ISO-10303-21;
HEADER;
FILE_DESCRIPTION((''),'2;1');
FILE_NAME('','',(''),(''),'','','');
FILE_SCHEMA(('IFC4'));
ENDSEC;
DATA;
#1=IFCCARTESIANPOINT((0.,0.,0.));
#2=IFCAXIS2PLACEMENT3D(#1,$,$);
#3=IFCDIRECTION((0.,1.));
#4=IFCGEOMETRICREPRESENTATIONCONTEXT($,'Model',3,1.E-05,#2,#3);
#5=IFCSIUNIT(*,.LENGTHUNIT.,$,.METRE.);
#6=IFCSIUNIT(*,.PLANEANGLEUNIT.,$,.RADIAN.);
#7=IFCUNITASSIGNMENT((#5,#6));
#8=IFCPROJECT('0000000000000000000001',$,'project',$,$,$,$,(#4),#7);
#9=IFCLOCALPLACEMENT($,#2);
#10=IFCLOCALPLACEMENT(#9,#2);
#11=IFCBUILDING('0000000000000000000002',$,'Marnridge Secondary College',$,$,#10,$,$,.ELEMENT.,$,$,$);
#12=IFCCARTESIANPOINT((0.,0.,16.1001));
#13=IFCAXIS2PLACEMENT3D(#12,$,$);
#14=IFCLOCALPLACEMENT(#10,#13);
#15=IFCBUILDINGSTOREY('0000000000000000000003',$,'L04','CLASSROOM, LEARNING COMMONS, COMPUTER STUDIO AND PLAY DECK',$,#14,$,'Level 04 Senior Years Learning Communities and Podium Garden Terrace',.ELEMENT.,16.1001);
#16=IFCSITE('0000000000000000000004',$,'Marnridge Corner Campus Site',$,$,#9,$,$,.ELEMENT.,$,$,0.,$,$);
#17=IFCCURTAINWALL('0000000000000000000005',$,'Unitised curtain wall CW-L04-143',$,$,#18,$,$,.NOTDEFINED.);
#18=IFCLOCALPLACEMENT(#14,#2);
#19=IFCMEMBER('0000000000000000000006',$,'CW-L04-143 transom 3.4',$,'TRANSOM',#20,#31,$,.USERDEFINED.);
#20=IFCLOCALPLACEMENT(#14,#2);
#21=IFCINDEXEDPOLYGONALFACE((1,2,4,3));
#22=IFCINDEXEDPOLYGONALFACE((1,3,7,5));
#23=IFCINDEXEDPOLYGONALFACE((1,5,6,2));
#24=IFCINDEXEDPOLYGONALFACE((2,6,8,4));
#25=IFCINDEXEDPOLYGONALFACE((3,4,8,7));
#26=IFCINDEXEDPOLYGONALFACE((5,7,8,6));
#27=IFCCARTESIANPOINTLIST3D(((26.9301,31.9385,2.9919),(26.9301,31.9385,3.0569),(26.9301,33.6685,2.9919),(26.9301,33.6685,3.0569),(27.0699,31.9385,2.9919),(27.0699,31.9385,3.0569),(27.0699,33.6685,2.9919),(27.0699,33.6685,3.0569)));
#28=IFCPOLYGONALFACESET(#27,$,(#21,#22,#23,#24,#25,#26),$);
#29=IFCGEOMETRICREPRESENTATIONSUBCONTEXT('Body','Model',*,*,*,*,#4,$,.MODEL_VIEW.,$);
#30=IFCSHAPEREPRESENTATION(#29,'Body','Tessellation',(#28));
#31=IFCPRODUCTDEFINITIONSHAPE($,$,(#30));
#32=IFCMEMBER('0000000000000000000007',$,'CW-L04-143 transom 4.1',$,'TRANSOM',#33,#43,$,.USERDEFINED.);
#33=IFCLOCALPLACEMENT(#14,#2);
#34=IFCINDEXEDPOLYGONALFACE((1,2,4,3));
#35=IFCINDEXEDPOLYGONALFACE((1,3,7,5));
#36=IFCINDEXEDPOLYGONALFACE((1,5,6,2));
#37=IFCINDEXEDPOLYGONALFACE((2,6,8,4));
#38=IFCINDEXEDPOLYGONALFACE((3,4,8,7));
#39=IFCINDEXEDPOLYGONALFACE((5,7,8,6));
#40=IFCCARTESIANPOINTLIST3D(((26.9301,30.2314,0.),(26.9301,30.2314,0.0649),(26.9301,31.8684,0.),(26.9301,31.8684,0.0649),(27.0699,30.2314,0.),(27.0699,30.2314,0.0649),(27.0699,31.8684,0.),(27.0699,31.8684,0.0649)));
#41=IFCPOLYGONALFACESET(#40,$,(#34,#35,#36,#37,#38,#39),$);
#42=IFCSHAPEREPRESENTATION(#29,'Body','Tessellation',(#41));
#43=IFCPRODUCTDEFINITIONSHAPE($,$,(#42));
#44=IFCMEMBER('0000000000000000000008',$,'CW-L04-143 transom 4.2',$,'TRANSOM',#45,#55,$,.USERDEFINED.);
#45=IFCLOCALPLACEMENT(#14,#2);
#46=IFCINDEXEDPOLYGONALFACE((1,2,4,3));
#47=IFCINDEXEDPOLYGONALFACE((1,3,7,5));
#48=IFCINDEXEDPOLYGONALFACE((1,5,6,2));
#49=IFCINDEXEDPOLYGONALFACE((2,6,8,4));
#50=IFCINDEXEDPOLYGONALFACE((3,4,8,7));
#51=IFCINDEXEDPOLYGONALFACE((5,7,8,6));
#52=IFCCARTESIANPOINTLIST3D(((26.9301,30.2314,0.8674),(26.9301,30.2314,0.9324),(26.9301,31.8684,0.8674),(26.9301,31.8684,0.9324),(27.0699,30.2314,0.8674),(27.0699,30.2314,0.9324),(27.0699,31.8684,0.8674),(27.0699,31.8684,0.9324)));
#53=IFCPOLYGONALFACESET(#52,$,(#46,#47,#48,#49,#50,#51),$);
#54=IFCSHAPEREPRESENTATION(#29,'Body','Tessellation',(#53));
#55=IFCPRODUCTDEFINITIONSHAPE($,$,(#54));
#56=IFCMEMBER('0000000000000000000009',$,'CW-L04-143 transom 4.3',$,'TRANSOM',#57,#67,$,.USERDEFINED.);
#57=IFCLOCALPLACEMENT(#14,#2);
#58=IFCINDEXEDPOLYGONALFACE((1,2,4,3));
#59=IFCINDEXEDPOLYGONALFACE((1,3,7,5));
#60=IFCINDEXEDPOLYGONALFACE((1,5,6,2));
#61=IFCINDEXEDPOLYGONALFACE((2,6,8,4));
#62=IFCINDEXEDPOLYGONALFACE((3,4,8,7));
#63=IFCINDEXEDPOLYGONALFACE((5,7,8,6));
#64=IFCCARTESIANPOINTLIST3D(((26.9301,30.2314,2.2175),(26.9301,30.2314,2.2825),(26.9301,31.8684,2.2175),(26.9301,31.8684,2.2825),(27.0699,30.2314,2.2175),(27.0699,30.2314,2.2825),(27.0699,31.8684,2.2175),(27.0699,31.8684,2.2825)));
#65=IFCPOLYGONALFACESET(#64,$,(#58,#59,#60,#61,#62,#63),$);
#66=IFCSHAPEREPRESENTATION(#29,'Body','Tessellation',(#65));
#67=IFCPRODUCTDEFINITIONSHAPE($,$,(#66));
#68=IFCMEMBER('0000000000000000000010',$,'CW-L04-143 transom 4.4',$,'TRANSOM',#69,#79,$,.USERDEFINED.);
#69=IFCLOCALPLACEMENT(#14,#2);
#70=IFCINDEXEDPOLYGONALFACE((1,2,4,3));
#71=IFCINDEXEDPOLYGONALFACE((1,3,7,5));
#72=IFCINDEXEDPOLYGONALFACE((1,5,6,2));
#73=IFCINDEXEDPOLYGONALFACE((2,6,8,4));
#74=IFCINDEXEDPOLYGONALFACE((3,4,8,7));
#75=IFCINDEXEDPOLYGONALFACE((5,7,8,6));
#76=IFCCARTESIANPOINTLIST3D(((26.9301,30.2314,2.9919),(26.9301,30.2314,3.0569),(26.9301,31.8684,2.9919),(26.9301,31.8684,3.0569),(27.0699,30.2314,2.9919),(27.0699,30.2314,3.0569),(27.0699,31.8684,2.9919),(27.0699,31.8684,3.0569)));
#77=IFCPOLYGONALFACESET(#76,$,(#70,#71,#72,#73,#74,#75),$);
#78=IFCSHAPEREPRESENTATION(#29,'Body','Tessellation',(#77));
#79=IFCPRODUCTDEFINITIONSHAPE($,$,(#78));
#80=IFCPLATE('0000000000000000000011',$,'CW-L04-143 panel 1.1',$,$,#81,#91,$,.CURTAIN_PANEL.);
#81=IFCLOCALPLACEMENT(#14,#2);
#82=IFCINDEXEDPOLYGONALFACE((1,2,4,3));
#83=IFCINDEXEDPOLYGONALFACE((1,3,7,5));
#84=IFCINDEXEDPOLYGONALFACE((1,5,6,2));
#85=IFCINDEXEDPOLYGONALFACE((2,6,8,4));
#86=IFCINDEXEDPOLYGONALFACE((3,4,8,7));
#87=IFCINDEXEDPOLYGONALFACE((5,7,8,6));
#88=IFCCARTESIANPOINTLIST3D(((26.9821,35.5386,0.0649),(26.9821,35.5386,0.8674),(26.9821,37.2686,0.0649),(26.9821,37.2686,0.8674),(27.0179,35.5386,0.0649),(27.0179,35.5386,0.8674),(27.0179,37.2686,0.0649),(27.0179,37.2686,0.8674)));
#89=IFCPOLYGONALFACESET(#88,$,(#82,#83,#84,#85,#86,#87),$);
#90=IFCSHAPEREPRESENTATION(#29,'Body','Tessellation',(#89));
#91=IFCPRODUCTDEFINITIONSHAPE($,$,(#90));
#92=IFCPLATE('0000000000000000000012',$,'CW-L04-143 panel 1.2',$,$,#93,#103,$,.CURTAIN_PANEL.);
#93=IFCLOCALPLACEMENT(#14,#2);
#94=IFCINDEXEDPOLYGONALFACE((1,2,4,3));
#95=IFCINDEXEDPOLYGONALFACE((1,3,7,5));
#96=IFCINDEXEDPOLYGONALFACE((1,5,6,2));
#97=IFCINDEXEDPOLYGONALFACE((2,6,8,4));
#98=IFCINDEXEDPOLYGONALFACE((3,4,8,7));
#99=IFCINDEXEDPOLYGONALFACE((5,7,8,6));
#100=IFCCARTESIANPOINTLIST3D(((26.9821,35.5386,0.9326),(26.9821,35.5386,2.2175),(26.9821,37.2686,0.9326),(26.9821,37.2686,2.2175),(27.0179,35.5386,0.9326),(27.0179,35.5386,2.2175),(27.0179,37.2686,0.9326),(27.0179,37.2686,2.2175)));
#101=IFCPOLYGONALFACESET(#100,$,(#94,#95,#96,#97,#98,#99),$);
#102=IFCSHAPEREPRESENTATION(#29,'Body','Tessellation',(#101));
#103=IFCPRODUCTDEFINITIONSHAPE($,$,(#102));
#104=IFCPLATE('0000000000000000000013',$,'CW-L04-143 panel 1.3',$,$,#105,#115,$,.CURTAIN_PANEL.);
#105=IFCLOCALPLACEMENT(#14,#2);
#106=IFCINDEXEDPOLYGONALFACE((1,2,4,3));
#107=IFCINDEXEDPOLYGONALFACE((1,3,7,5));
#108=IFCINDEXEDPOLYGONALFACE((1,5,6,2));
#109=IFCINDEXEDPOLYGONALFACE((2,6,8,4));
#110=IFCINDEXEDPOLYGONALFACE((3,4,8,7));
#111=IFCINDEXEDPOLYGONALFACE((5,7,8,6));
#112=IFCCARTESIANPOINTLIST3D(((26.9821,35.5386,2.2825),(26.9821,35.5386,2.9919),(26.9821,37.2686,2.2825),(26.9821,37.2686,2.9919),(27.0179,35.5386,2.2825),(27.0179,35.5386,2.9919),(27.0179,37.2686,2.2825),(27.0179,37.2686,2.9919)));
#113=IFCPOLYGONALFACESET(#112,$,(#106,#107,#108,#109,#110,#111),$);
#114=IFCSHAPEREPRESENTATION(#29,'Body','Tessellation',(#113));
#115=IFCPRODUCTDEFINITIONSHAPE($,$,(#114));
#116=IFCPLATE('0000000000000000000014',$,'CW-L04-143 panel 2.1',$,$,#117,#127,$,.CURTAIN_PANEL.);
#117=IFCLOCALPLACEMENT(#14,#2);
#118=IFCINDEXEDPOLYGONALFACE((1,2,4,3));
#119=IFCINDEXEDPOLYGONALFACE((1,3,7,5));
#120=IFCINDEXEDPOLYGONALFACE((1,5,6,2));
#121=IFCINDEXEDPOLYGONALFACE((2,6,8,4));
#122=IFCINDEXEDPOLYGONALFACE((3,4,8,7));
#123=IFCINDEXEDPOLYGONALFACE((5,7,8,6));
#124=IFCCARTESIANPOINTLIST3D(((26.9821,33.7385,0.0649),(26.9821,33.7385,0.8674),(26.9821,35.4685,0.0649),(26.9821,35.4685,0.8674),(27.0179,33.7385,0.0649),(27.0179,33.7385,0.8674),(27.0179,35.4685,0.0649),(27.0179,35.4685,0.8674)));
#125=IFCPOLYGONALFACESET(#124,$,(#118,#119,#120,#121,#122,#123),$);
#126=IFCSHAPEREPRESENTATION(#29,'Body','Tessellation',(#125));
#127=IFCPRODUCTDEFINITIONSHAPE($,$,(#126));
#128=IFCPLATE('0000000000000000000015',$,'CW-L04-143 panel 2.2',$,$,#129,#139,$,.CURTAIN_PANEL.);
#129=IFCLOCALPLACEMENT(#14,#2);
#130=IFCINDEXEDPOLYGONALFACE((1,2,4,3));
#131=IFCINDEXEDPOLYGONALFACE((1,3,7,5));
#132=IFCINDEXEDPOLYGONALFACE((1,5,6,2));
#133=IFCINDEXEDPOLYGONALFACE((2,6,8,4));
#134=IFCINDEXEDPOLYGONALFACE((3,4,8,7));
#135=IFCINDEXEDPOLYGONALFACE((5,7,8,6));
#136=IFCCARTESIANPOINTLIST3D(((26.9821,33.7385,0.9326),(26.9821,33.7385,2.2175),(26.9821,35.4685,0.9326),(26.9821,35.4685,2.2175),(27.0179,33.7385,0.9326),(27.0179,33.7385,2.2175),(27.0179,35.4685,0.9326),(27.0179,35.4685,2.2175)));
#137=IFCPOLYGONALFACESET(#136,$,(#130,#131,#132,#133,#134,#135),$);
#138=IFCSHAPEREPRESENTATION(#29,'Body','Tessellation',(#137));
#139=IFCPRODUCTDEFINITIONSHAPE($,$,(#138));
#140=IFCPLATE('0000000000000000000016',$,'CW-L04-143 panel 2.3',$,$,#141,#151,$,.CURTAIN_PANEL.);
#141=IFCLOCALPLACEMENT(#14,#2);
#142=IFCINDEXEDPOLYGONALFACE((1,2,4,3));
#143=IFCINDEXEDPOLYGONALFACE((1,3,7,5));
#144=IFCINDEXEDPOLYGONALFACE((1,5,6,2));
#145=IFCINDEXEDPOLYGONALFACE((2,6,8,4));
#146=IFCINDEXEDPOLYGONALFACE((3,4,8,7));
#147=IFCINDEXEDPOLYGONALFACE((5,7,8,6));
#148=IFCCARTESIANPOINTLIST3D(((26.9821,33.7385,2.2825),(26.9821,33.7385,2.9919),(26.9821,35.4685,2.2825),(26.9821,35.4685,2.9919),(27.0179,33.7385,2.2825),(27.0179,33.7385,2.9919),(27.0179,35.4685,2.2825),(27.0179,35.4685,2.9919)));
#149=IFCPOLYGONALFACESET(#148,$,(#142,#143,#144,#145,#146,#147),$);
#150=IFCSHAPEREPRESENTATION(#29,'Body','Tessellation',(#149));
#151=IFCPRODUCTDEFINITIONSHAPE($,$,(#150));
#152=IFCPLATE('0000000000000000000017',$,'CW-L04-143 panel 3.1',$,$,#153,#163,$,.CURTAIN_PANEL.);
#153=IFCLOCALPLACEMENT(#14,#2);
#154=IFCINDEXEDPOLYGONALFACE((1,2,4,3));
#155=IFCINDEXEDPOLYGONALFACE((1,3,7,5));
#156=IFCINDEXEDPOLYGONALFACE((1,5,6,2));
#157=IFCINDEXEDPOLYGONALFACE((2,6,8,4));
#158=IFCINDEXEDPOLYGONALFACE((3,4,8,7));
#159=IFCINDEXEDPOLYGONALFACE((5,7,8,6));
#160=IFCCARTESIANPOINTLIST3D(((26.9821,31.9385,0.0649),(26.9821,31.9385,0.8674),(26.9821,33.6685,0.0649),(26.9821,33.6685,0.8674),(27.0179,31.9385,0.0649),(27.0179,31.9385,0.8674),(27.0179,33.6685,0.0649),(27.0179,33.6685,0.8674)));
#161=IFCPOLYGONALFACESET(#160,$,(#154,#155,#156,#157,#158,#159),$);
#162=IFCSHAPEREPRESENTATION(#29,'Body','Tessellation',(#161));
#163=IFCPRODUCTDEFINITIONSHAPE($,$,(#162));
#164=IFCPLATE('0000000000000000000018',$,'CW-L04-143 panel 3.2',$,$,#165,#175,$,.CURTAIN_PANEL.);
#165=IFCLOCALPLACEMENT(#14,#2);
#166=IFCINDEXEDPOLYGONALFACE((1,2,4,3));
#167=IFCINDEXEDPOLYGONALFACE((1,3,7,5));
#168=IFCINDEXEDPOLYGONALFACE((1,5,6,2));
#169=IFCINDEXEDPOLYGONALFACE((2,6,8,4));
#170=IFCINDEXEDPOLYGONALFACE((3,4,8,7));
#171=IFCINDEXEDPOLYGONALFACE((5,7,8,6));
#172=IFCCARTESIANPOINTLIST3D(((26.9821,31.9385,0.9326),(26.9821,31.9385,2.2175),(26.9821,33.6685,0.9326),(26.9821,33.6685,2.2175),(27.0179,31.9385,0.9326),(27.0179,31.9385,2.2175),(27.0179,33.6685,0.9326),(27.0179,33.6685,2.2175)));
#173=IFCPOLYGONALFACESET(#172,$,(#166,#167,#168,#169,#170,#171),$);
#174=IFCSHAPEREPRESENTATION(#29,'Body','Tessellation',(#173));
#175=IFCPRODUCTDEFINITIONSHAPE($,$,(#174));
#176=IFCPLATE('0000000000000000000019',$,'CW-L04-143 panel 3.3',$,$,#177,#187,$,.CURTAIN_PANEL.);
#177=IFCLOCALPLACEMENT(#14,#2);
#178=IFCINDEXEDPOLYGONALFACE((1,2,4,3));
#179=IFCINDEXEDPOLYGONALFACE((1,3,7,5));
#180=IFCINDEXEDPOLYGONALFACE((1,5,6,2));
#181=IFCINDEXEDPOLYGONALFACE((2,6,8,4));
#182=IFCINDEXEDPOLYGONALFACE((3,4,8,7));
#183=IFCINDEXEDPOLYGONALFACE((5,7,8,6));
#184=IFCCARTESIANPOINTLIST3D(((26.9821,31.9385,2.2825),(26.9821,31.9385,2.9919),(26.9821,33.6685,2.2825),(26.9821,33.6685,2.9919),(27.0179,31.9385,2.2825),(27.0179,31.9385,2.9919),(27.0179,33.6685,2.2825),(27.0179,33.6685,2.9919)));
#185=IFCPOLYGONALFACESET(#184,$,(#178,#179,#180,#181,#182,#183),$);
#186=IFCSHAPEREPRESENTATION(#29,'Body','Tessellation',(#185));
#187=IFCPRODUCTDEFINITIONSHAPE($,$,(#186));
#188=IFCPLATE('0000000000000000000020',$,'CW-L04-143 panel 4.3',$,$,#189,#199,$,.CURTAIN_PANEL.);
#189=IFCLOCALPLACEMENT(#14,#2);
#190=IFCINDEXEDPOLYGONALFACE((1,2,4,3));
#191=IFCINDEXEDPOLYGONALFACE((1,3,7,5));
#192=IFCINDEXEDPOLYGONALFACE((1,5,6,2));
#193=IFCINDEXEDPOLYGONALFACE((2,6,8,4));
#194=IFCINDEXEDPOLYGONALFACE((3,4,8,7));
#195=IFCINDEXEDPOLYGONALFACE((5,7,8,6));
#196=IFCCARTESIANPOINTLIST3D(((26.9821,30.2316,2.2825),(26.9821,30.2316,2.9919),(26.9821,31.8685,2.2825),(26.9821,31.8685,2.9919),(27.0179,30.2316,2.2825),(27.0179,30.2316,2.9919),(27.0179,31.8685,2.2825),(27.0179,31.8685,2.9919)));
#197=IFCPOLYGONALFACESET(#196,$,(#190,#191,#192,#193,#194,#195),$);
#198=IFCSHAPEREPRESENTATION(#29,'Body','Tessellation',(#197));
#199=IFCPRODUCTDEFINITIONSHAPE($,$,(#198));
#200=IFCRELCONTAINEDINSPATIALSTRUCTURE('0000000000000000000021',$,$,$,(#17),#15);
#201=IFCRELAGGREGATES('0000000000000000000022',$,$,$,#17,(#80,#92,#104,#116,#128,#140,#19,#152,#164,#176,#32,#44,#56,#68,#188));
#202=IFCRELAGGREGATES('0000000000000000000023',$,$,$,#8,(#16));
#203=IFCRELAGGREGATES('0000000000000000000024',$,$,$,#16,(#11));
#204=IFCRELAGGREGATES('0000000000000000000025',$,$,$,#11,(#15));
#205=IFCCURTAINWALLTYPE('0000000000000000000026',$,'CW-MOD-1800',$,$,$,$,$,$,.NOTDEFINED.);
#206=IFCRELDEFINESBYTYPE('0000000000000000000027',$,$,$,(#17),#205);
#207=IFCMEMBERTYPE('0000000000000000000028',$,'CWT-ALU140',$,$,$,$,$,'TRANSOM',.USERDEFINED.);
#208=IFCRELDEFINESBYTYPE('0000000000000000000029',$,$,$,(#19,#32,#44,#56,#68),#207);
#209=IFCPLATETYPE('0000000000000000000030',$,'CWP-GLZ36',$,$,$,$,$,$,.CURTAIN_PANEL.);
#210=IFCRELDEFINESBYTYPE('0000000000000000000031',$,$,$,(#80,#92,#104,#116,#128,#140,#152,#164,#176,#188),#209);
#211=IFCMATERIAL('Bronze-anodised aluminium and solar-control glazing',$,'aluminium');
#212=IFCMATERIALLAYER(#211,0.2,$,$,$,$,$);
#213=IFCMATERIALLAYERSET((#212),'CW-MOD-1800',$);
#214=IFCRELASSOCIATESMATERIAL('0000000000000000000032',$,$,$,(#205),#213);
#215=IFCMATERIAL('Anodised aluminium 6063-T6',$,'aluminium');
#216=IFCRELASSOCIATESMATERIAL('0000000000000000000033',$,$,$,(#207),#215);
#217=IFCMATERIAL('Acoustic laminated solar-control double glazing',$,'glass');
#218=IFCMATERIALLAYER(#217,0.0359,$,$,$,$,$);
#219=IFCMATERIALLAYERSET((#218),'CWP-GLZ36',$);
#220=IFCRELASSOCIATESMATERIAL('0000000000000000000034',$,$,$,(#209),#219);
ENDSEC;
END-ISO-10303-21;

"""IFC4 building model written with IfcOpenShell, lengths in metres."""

from ifc_helpers import new_model, si_unit, direction, frame, origin, origin_2d, place, context, subcontext, project, spatial, rectangle, extrude, material, layer, layer_set, material_profile, profile_set, type_object, element, aggregate, save


model = new_model("IFC4")

# Units and contexts
model_context = context("Model", 3, precision=1e-05, world=origin(), true_north=direction((0.0, 1.0)))
body_context = subcontext(model_context, "Body", "Model", "MODEL_VIEW")
ifc_project = project(units=[si_unit("LENGTHUNIT", "METRE"), si_unit("PLANEANGLEUNIT", "RADIAN")], contexts=[model_context])

# Site, building, storey
site_placement = place(None, origin())
site = spatial("IfcSite", under=ifc_project, at=site_placement, Name="Marnridge Corner Campus Site", CompositionType="ELEMENT", RefElevation=0.0)
building_placement = place(site_placement, origin())
building = spatial("IfcBuilding", under=site, at=building_placement, Name="Marnridge Secondary College", CompositionType="ELEMENT")
storey_placement = place(building_placement, frame((0.0, 0.0, 16.1001)))
storey = spatial("IfcBuildingStorey", under=building, at=storey_placement, Name="L04", Description="CLASSROOM, LEARNING COMMONS, COMPUTER STUDIO AND PLAY DECK", LongName="Level 04 Senior Years Learning Communities and Podium Garden Terrace", CompositionType="ELEMENT", Elevation=16.1001)

# Curtain wall, members, plates
ifc_material_1 = material(Name="Bronze-anodised aluminium and solar-control glazing", Category="aluminium")
ifc_layer_1 = layer(ifc_material_1, 0.2)
ifc_layer_set_1 = layer_set([ifc_layer_1], Name="CW-MOD-1800")
curtain_wall_type = type_object("IfcCurtainWallType", Name="CW-MOD-1800", PredefinedType="NOTDEFINED", material=ifc_layer_set_1)
curtain_wall_placement = place(storey_placement, origin())
curtain_wall = element("IfcCurtainWall", 1, at=curtain_wall_placement, inside=storey, type_object=curtain_wall_type, Name="Unitised curtain wall CW-L04-143", PredefinedType="NOTDEFINED")
ifc_material_2 = material(Name="Anodised aluminium 6063-T6", Category="aluminium")
ifc_material_profile_1 = material_profile(ifc_material_2, rectangle(XDim=0.0649, YDim=0.1399, at=origin_2d()), Name="ALU 65x140")
ifc_profile_set_1 = profile_set([ifc_material_profile_1], Name="Anodised aluminium 6063-T6")
member_type_1 = type_object("IfcMemberType", Name="CWT-ALU140", ElementType="TRANSOM", PredefinedType="USERDEFINED", material=ifc_profile_set_1)
member_1_placement = place(storey_placement, frame((27.0, 33.6685, 3.0244), z_axis=(0.0, -1.0, 0.0), x_axis=(0.0, 0.0, 1.0)))
member_1 = element("IfcMember", 2, at=member_1_placement, type_object=member_type_1, Name="CW-L04-143 transom 3.4", ObjectType="TRANSOM", PredefinedType="USERDEFINED", context=body_context, shape_type="SweptSolid", body=[
    extrude(rectangle(XDim=0.0649, YDim=0.1399, at=origin_2d()), origin(), (0.0, 0.0, 1.0), 1.73),
])
member_2_placement = place(storey_placement, frame((27.0, 31.8684, 0.0325), z_axis=(0.0, -1.0, 0.0), x_axis=(0.0, 0.0, 1.0)))
member_2 = element("IfcMember", 3, at=member_2_placement, type_object=member_type_1, Name="CW-L04-143 transom 4.1", ObjectType="TRANSOM", PredefinedType="USERDEFINED", context=body_context, shape_type="SweptSolid", body=[
    extrude(rectangle(XDim=0.0649, YDim=0.1399, at=origin_2d()), origin(), (0.0, 0.0, 1.0), 1.637),
])
member_3_placement = place(storey_placement, frame((27.0, 31.8684, 0.8999), z_axis=(0.0, -1.0, 0.0), x_axis=(0.0, 0.0, 1.0)))
member_3 = element("IfcMember", 4, at=member_3_placement, type_object=member_type_1, Name="CW-L04-143 transom 4.2", ObjectType="TRANSOM", PredefinedType="USERDEFINED", context=body_context, shape_type="SweptSolid", body=[
    extrude(rectangle(XDim=0.0649, YDim=0.1399, at=origin_2d()), origin(), (0.0, 0.0, 1.0), 1.637),
])
member_4_placement = place(storey_placement, frame((27.0, 31.8684, 2.25), z_axis=(0.0, -1.0, 0.0), x_axis=(0.0, 0.0, 1.0)))
member_4 = element("IfcMember", 5, at=member_4_placement, type_object=member_type_1, Name="CW-L04-143 transom 4.3", ObjectType="TRANSOM", PredefinedType="USERDEFINED", context=body_context, shape_type="SweptSolid", body=[
    extrude(rectangle(XDim=0.0649, YDim=0.1399, at=origin_2d()), origin(), (0.0, 0.0, 1.0), 1.637),
])
member_5_placement = place(storey_placement, frame((27.0, 31.8684, 3.0244), z_axis=(0.0, -1.0, 0.0), x_axis=(0.0, 0.0, 1.0)))
member_5 = element("IfcMember", 6, at=member_5_placement, type_object=member_type_1, Name="CW-L04-143 transom 4.4", ObjectType="TRANSOM", PredefinedType="USERDEFINED", context=body_context, shape_type="SweptSolid", body=[
    extrude(rectangle(XDim=0.0649, YDim=0.1399, at=origin_2d()), origin(), (0.0, 0.0, 1.0), 1.637),
])
ifc_material_3 = material(Name="Acoustic laminated solar-control double glazing", Category="glass")
ifc_layer_2 = layer(ifc_material_3, 0.0359)
ifc_layer_set_2 = layer_set([ifc_layer_2], Name="CWP-GLZ36")
plate_type = type_object("IfcPlateType", Name="CWP-GLZ36", PredefinedType="CURTAIN_PANEL", material=ifc_layer_set_2)
plate_1_placement = place(storey_placement, frame((27.0, 36.4036, 0.0649), z_axis=(0.0, 0.0, 1.0), x_axis=(0.0, -1.0, 0.0)))
plate_1 = element("IfcPlate", 7, at=plate_1_placement, type_object=plate_type, Name="CW-L04-143 panel 1.1", PredefinedType="CURTAIN_PANEL", context=body_context, shape_type="SweptSolid", body=[
    extrude(rectangle(XDim=1.73, YDim=0.0359, at=origin_2d()), origin(), (0.0, 0.0, 1.0), 0.8025),
])
plate_2_placement = place(storey_placement, frame((27.0, 36.4036, 0.9326), z_axis=(0.0, 0.0, 1.0), x_axis=(0.0, -1.0, 0.0)))
plate_2 = element("IfcPlate", 8, at=plate_2_placement, type_object=plate_type, Name="CW-L04-143 panel 1.2", PredefinedType="CURTAIN_PANEL", context=body_context, shape_type="SweptSolid", body=[
    extrude(rectangle(XDim=1.73, YDim=0.0359, at=origin_2d()), origin(), (0.0, 0.0, 1.0), 1.2849),
])
plate_3_placement = place(storey_placement, frame((27.0, 36.4036, 2.2825), z_axis=(0.0, 0.0, 1.0), x_axis=(0.0, -1.0, 0.0)))
plate_3 = element("IfcPlate", 9, at=plate_3_placement, type_object=plate_type, Name="CW-L04-143 panel 1.3", PredefinedType="CURTAIN_PANEL", context=body_context, shape_type="SweptSolid", body=[
    extrude(rectangle(XDim=1.73, YDim=0.0359, at=origin_2d()), origin(), (0.0, 0.0, 1.0), 0.7095),
])
plate_4_placement = place(storey_placement, frame((27.0, 34.6035, 0.0649), z_axis=(0.0, 0.0, 1.0), x_axis=(0.0, -1.0, 0.0)))
plate_4 = element("IfcPlate", 10, at=plate_4_placement, type_object=plate_type, Name="CW-L04-143 panel 2.1", PredefinedType="CURTAIN_PANEL", context=body_context, shape_type="SweptSolid", body=[
    extrude(rectangle(XDim=1.73, YDim=0.0359, at=origin_2d()), origin(), (0.0, 0.0, 1.0), 0.8025),
])
plate_5_placement = place(storey_placement, frame((27.0, 34.6035, 0.9326), z_axis=(0.0, 0.0, 1.0), x_axis=(0.0, -1.0, 0.0)))
plate_5 = element("IfcPlate", 11, at=plate_5_placement, type_object=plate_type, Name="CW-L04-143 panel 2.2", PredefinedType="CURTAIN_PANEL", context=body_context, shape_type="SweptSolid", body=[
    extrude(rectangle(XDim=1.73, YDim=0.0359, at=origin_2d()), origin(), (0.0, 0.0, 1.0), 1.2849),
])
plate_6_placement = place(storey_placement, frame((27.0, 34.6035, 2.2825), z_axis=(0.0, 0.0, 1.0), x_axis=(0.0, -1.0, 0.0)))
plate_6 = element("IfcPlate", 12, at=plate_6_placement, type_object=plate_type, Name="CW-L04-143 panel 2.3", PredefinedType="CURTAIN_PANEL", context=body_context, shape_type="SweptSolid", body=[
    extrude(rectangle(XDim=1.73, YDim=0.0359, at=origin_2d()), origin(), (0.0, 0.0, 1.0), 0.7095),
])
plate_7_placement = place(storey_placement, frame((27.0, 32.8035, 0.0649), z_axis=(0.0, 0.0, 1.0), x_axis=(0.0, -1.0, 0.0)))
plate_7 = element("IfcPlate", 13, at=plate_7_placement, type_object=plate_type, Name="CW-L04-143 panel 3.1", PredefinedType="CURTAIN_PANEL", context=body_context, shape_type="SweptSolid", body=[
    extrude(rectangle(XDim=1.73, YDim=0.0359, at=origin_2d()), origin(), (0.0, 0.0, 1.0), 0.8025),
])
plate_8_placement = place(storey_placement, frame((27.0, 32.8035, 0.9326), z_axis=(0.0, 0.0, 1.0), x_axis=(0.0, -1.0, 0.0)))
plate_8 = element("IfcPlate", 14, at=plate_8_placement, type_object=plate_type, Name="CW-L04-143 panel 3.2", PredefinedType="CURTAIN_PANEL", context=body_context, shape_type="SweptSolid", body=[
    extrude(rectangle(XDim=1.73, YDim=0.0359, at=origin_2d()), origin(), (0.0, 0.0, 1.0), 1.2849),
])
plate_9_placement = place(storey_placement, frame((27.0, 32.8035, 2.2825), z_axis=(0.0, 0.0, 1.0), x_axis=(0.0, -1.0, 0.0)))
plate_9 = element("IfcPlate", 15, at=plate_9_placement, type_object=plate_type, Name="CW-L04-143 panel 3.3", PredefinedType="CURTAIN_PANEL", context=body_context, shape_type="SweptSolid", body=[
    extrude(rectangle(XDim=1.73, YDim=0.0359, at=origin_2d()), origin(), (0.0, 0.0, 1.0), 0.7095),
])
plate_10_placement = place(storey_placement, frame((27.0, 31.05, 2.2825), z_axis=(0.0, 0.0, 1.0), x_axis=(0.0, -1.0, 0.0)))
plate_10 = element("IfcPlate", 16, at=plate_10_placement, type_object=plate_type, Name="CW-L04-143 panel 4.3", PredefinedType="CURTAIN_PANEL", context=body_context, shape_type="SweptSolid", body=[
    extrude(rectangle(XDim=1.637, YDim=0.0359, at=origin_2d()), origin(), (0.0, 0.0, 1.0), 0.7095),
])
aggregate(curtain_wall, [plate_1, plate_2, plate_3, plate_4, plate_5, plate_6, member_1, plate_7, plate_8, plate_9, member_2, member_3, member_4, member_5, plate_10])

save(model, "model.ifc")
